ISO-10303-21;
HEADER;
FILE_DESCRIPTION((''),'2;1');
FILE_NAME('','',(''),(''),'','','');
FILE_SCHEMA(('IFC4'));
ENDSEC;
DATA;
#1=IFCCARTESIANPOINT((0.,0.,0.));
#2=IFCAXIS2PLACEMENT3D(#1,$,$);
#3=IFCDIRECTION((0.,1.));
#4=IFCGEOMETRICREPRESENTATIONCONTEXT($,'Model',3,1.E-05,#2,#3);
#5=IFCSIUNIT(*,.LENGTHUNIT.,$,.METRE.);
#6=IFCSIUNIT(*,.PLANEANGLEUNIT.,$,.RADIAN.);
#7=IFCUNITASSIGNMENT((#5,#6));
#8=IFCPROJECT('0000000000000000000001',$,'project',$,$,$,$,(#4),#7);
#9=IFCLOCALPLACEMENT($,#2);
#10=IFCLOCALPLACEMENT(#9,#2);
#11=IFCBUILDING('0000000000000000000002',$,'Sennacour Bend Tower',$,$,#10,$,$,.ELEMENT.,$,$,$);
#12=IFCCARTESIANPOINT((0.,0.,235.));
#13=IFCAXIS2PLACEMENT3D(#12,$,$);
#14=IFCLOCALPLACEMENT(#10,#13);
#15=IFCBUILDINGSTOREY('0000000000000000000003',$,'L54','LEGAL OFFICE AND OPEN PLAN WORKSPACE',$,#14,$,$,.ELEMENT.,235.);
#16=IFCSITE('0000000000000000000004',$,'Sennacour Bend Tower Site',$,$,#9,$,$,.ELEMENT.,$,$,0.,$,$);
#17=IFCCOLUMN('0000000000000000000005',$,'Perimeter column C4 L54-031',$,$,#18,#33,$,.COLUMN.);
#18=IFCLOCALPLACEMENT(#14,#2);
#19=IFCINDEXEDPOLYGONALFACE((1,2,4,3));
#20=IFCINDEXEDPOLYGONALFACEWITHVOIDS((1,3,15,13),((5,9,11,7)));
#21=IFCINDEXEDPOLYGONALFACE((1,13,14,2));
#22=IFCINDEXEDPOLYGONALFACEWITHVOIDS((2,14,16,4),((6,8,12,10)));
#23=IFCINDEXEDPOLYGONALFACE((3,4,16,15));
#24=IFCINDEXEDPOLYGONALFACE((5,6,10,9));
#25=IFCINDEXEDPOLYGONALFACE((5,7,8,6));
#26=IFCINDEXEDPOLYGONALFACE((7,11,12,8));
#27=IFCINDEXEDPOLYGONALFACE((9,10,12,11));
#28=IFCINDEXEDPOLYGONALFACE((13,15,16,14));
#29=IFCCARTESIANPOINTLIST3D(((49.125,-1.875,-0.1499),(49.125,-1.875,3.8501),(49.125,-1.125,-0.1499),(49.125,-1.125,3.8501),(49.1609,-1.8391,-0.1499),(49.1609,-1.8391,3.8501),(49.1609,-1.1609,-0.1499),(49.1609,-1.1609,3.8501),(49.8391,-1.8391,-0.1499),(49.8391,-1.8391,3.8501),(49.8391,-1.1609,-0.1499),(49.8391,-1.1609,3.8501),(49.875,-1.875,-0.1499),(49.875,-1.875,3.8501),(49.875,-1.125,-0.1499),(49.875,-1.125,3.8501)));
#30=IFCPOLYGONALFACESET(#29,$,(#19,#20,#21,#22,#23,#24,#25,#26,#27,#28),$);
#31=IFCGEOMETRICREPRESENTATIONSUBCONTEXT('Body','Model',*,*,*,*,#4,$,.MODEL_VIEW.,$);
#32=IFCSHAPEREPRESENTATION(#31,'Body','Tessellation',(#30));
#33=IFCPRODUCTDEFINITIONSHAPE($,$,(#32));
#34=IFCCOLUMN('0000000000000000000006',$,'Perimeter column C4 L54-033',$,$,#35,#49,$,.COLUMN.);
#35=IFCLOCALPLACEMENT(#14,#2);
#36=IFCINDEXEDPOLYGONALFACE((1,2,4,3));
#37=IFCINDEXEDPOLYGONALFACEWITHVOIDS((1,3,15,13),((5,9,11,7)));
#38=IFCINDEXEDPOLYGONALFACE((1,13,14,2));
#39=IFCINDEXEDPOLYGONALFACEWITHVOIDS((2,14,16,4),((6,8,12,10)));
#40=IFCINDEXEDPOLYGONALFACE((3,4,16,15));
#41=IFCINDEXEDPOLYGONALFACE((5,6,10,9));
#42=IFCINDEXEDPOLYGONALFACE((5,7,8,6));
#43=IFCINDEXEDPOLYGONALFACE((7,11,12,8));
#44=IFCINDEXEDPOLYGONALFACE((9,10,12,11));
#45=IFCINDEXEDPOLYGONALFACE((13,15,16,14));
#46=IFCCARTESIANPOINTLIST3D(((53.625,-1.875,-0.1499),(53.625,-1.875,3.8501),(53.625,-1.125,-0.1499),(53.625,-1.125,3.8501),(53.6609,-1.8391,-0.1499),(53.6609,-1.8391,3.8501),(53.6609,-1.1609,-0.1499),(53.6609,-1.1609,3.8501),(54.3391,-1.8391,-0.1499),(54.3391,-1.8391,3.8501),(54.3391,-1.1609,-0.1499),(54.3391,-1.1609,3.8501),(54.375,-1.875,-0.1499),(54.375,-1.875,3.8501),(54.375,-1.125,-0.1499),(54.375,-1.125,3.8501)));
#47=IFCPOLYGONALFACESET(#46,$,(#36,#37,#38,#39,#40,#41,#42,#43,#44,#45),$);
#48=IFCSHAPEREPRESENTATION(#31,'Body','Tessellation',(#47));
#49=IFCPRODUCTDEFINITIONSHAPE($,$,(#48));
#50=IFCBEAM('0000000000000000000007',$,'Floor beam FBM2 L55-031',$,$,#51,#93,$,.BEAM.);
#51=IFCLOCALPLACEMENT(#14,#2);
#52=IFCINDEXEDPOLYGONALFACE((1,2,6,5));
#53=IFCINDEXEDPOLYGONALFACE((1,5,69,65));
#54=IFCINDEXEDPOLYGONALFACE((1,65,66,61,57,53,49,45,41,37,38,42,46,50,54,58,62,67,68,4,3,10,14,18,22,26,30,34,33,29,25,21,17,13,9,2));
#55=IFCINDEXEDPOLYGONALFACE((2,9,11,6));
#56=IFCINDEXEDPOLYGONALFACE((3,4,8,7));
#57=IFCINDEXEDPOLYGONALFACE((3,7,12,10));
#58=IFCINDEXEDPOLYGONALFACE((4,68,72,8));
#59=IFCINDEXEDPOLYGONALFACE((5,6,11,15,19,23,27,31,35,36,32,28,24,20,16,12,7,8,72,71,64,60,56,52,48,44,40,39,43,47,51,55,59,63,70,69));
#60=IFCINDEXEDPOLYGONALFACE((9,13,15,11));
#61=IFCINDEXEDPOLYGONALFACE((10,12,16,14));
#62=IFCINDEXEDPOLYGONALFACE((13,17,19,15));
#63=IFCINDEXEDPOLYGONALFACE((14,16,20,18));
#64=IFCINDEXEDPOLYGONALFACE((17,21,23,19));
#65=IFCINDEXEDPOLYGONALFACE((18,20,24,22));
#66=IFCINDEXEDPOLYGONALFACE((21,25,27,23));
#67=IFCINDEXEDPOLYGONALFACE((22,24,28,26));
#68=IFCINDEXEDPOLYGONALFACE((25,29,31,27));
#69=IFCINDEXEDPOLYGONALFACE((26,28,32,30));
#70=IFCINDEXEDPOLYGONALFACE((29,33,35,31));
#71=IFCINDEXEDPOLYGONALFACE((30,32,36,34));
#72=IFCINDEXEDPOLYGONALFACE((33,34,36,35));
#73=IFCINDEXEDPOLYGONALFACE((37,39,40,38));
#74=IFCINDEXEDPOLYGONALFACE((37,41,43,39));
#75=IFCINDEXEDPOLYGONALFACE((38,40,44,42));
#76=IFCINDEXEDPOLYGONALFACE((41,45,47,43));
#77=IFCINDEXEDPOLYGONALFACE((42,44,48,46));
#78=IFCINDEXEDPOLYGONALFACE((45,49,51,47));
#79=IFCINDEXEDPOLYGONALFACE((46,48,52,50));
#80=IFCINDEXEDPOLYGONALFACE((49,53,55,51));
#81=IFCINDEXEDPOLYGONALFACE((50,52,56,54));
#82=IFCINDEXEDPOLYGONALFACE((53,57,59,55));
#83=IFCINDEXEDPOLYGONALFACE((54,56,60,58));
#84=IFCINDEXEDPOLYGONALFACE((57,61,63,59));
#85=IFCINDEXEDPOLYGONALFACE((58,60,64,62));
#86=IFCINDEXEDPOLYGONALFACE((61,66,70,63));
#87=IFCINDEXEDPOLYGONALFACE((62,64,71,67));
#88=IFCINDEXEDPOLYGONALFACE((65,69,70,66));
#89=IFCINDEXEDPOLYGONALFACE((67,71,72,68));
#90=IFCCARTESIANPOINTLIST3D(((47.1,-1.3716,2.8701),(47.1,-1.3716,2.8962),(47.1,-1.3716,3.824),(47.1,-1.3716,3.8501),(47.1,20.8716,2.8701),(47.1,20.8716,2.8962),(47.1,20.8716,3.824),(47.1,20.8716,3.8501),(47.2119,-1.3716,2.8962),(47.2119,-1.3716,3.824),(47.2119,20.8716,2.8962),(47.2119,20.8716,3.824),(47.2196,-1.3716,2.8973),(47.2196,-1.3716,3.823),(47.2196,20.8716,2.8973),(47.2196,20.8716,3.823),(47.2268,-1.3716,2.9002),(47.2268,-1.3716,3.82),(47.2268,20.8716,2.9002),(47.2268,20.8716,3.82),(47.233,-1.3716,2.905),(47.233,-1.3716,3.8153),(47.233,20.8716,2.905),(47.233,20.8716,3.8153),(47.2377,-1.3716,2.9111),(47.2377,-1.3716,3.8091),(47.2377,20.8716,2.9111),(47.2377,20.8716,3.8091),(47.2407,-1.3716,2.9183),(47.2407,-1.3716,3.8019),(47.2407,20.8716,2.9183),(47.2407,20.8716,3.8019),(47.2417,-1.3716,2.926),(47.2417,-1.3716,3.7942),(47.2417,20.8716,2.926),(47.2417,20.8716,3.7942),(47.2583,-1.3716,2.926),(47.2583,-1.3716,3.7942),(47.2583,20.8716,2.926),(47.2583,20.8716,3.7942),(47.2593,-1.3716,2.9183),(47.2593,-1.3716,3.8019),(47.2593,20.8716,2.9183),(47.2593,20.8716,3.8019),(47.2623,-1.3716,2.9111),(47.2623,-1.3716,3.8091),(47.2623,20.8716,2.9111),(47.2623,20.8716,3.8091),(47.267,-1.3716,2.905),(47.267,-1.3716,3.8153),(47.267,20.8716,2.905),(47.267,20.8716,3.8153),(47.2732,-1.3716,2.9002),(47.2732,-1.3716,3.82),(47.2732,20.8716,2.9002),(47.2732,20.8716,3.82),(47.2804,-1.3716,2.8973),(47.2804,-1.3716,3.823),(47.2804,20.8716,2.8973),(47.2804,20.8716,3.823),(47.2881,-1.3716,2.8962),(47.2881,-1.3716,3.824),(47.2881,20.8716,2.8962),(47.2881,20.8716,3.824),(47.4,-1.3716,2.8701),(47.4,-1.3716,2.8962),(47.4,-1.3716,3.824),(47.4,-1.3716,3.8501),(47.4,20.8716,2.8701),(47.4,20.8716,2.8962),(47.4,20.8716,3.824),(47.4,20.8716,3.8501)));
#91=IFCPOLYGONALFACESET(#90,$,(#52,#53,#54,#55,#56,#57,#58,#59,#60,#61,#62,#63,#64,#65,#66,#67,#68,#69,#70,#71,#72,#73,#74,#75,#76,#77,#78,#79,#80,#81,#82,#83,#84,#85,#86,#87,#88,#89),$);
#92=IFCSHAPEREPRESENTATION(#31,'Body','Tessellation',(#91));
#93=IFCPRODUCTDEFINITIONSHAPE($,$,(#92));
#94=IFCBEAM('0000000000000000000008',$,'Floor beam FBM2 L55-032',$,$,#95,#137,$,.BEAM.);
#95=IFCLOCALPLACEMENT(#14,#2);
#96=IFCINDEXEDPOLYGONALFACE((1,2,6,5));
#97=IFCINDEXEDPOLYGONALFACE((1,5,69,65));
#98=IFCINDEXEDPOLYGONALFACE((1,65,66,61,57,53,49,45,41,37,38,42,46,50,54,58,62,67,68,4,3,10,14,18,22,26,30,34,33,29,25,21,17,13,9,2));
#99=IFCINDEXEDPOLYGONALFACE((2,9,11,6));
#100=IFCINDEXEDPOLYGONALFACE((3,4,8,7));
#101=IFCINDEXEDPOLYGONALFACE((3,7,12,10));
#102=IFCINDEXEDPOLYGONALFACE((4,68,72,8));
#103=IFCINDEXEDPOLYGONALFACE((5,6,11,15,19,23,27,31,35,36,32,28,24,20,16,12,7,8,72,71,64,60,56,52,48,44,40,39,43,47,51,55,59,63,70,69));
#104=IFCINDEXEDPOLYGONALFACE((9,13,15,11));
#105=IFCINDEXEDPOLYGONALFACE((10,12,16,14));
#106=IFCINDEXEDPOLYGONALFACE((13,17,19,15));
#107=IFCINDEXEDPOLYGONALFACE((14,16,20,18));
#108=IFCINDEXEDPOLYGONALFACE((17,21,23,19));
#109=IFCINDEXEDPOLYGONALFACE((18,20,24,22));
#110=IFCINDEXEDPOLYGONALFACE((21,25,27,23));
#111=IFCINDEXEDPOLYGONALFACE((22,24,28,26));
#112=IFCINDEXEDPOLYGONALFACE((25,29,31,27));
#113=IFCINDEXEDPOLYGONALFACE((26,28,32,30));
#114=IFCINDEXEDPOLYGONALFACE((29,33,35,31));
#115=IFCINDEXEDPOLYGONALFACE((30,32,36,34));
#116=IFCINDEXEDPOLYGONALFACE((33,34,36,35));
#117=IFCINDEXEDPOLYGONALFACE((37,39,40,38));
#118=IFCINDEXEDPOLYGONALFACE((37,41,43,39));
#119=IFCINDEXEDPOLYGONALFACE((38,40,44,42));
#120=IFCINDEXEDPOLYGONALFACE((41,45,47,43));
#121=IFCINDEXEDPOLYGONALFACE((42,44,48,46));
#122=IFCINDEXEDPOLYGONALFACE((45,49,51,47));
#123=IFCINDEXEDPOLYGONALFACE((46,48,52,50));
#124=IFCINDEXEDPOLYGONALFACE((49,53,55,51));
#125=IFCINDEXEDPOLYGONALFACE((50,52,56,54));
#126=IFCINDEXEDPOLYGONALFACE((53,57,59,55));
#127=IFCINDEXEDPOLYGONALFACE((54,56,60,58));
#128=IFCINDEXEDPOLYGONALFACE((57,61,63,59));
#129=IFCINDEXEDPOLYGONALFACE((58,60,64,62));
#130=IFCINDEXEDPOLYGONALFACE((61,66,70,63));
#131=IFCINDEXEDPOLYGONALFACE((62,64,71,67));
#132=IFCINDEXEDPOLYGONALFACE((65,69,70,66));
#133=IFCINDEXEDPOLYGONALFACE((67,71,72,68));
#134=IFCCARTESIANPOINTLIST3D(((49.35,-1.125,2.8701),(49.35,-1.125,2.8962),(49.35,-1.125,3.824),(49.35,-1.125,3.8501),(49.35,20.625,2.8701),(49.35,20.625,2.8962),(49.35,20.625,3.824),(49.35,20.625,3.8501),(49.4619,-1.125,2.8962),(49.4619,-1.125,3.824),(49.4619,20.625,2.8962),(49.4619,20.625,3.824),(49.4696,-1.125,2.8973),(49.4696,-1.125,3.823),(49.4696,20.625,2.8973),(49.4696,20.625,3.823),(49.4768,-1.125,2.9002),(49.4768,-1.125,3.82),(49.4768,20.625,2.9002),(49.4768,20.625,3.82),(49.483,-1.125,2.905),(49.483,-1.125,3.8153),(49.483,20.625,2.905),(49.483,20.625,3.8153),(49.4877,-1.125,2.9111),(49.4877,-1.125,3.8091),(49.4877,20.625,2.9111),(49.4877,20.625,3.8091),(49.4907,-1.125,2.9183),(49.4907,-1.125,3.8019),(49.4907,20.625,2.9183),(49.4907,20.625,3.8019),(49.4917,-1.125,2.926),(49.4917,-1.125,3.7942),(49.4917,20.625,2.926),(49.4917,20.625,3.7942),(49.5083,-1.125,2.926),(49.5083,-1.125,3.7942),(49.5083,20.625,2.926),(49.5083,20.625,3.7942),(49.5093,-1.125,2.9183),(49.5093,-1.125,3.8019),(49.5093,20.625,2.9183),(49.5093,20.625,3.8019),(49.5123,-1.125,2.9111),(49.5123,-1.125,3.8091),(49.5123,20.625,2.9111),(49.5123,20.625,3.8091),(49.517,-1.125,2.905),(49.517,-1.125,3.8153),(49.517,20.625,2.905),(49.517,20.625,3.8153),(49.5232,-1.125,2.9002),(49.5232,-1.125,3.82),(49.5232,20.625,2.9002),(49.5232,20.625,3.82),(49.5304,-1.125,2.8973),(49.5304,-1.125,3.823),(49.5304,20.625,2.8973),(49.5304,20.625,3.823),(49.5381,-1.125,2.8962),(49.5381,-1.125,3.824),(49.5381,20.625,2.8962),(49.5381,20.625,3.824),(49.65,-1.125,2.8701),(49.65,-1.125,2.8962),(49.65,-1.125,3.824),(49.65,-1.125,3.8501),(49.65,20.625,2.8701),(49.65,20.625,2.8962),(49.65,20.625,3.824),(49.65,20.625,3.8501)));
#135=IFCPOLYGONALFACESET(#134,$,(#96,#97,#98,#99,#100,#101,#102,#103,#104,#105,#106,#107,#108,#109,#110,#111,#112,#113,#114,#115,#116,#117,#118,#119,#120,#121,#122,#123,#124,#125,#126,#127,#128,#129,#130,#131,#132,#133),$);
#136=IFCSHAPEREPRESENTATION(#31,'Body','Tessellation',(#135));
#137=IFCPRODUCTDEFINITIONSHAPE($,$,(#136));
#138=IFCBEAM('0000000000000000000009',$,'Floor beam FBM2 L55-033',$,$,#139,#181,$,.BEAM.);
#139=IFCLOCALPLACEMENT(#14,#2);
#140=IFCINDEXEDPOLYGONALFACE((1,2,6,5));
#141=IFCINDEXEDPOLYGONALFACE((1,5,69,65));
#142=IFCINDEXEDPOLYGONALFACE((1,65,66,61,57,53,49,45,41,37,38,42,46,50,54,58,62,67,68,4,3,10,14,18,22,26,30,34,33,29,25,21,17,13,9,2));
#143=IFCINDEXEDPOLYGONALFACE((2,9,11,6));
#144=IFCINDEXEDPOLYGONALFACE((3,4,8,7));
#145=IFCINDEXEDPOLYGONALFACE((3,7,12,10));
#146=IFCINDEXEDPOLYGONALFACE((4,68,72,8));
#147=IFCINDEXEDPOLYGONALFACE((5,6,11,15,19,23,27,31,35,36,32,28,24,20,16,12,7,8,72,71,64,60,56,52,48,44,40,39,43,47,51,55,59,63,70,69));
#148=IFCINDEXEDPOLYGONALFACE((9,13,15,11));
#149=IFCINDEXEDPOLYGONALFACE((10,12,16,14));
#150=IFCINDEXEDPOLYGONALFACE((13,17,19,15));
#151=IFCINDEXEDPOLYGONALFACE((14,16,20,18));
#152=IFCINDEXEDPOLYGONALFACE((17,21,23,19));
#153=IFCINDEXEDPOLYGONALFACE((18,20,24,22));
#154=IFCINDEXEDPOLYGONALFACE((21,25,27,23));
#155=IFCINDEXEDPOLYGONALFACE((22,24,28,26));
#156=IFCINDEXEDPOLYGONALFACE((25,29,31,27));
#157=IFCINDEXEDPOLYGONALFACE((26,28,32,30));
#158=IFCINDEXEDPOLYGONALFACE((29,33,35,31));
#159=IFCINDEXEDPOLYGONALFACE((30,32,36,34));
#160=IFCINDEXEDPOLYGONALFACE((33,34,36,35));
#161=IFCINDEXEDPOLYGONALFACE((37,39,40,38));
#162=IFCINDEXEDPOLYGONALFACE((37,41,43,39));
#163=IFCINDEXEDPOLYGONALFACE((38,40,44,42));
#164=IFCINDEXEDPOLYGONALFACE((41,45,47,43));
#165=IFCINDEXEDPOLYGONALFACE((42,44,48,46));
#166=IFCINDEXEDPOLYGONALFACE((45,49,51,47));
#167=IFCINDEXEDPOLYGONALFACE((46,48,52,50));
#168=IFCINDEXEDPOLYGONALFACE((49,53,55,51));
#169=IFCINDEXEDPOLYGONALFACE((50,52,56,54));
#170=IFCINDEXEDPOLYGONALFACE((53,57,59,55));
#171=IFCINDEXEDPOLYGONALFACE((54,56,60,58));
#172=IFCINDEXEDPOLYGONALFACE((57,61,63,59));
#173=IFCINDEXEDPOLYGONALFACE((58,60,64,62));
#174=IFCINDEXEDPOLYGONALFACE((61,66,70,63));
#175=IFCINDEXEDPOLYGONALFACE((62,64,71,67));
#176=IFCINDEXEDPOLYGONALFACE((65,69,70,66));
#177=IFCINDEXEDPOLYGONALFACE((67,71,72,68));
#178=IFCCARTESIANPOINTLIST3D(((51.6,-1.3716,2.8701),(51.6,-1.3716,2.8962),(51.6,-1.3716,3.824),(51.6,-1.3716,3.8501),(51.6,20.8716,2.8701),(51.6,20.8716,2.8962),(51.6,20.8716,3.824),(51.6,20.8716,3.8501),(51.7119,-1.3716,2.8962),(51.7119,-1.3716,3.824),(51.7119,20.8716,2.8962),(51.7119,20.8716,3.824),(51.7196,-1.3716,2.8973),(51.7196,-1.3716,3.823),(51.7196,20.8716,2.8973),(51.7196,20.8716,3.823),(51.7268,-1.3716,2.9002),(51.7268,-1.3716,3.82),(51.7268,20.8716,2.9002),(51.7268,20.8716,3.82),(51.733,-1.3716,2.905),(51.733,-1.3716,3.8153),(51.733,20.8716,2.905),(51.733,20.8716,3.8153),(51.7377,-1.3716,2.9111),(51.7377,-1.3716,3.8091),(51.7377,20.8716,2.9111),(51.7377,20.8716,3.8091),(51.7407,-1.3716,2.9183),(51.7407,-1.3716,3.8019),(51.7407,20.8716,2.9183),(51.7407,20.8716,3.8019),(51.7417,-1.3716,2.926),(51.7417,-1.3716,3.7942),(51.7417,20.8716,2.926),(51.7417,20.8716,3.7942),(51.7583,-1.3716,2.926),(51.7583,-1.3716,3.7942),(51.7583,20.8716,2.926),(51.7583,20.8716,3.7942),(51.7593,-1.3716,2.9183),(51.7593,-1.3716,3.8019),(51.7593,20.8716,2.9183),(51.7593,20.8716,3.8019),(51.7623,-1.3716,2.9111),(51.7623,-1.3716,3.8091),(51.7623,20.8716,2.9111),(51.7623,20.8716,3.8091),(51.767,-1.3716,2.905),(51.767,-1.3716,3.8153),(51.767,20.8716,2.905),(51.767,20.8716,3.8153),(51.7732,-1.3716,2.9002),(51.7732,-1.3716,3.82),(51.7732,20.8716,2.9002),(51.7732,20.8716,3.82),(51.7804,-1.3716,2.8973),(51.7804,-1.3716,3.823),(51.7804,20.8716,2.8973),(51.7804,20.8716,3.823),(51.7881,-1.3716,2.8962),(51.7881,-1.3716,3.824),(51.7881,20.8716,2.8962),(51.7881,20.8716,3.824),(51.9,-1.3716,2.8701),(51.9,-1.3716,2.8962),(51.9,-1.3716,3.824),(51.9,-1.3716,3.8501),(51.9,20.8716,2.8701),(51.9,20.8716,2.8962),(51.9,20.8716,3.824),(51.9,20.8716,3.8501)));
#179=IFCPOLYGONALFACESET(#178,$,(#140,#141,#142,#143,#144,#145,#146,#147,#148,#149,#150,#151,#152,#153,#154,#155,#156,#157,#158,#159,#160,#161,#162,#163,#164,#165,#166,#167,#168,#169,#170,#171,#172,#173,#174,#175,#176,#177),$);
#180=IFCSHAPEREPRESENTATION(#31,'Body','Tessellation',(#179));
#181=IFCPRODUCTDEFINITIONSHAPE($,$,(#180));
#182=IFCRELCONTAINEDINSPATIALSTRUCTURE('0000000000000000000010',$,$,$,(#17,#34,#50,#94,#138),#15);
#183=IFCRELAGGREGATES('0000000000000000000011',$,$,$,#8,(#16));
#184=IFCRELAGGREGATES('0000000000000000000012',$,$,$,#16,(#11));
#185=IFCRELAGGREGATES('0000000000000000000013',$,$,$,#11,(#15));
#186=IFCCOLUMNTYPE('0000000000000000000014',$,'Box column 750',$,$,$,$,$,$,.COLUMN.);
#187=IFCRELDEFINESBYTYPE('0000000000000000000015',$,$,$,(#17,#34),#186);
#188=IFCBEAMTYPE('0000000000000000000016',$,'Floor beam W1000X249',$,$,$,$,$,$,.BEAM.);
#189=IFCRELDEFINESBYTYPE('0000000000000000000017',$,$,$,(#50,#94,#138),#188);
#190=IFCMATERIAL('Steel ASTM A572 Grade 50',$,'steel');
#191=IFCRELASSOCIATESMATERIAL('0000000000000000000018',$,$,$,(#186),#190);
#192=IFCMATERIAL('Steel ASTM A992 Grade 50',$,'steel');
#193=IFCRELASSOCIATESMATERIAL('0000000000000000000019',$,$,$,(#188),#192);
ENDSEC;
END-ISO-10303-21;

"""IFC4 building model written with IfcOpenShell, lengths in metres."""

from ifc_helpers import new_model, si_unit, direction, frame, origin, origin_2d, place, context, subcontext, project, spatial, hollow_rectangle, i_section, extrude, material, material_profile, profile_set, type_object, element, save


model = new_model("IFC4")

# Units and contexts
model_context = context("Model", 3, precision=1e-05, world=origin(), true_north=direction((0.0, 1.0)))
body_context = subcontext(model_context, "Body", "Model", "MODEL_VIEW")
ifc_project = project(units=[si_unit("LENGTHUNIT", "METRE"), si_unit("PLANEANGLEUNIT", "RADIAN")], contexts=[model_context])

# Site, building, storey
site_placement = place(None, origin())
site = spatial("IfcSite", under=ifc_project, at=site_placement, Name="Sennacour Bend Tower Site", CompositionType="ELEMENT", RefElevation=0.0)
building_placement = place(site_placement, origin())
building = spatial("IfcBuilding", under=site, at=building_placement, Name="Sennacour Bend Tower", CompositionType="ELEMENT")
storey_placement = place(building_placement, frame((0.0, 0.0, 235.0)))
storey = spatial("IfcBuildingStorey", under=building, at=storey_placement, Name="L54", Description="LEGAL OFFICE AND OPEN PLAN WORKSPACE", CompositionType="ELEMENT", Elevation=235.0)

# Columns
ifc_material_1 = material(Name="Steel ASTM A572 Grade 50", Category="steel")
ifc_material_profile_1 = material_profile(ifc_material_1, hollow_rectangle(XDim=0.75, YDim=0.75, WallThickness=0.0359, at=origin_2d()), Name="Steel ASTM A572 Grade 50", Category="steel")
ifc_profile_set_1 = profile_set([ifc_material_profile_1], Name="Steel ASTM A572 Grade 50")
column_type = type_object("IfcColumnType", Name="Box column 750", PredefinedType="COLUMN", material=ifc_profile_set_1)
for number, where, z_axis, x_axis, name in (
    (1, (49.5, -1.5, -0.1499), (0.0, 0.0, 1.0), (1.0, 0.0, 0.0), "Perimeter column C4 L54-031"),
    (2, (54.0, -1.5, -0.1499), (0.0, 0.0, 1.0), (1.0, 0.0, 0.0), "Perimeter column C4 L54-033"),
):
    element("IfcColumn", number, at=place(storey_placement, frame(where, z_axis=z_axis, x_axis=x_axis)), inside=storey, type_object=column_type, Name=name, PredefinedType="COLUMN", context=body_context, shape_type="SweptSolid", body=[
        extrude(hollow_rectangle(XDim=0.75, YDim=0.75, WallThickness=0.0359, at=origin_2d()), origin(), (0.0, 0.0, 1.0), 4.0),
    ])

# Beams
ifc_material_2 = material(Name="Steel ASTM A992 Grade 50", Category="steel")
ifc_material_profile_2 = material_profile(ifc_material_2, i_section(OverallWidth=0.3, OverallDepth=0.98, WebThickness=0.0166, FlangeThickness=0.0261, FilletRadius=0.0298, at=origin_2d()), Name="Steel ASTM A992 Grade 50", Category="steel")
ifc_profile_set_2 = profile_set([ifc_material_profile_2], Name="Steel ASTM A992 Grade 50")
beam_type_1 = type_object("IfcBeamType", Name="Floor beam W1000X249", PredefinedType="BEAM", material=ifc_profile_set_2)
beam_1_placement = place(storey_placement, frame((47.25, -1.3716, 3.3601), z_axis=(0.0, 1.0, 0.0), x_axis=(-1.0, 0.0, 0.0)))
element("IfcBeam", 3, at=beam_1_placement, inside=storey, type_object=beam_type_1, Name="Floor beam FBM2 L55-031", PredefinedType="BEAM", context=body_context, shape_type="SweptSolid", body=[
    extrude(i_section(OverallWidth=0.3, OverallDepth=0.98, WebThickness=0.0166, FlangeThickness=0.0261, FilletRadius=0.0298, at=origin_2d()), origin(), (0.0, 0.0, 1.0), 22.2432),
])
beam_2_placement = place(storey_placement, frame((49.5, -1.125, 3.3601), z_axis=(0.0, 1.0, 0.0), x_axis=(-1.0, 0.0, 0.0)))
element("IfcBeam", 4, at=beam_2_placement, inside=storey, type_object=beam_type_1, Name="Floor beam FBM2 L55-032", PredefinedType="BEAM", context=body_context, shape_type="SweptSolid", body=[
    extrude(i_section(OverallWidth=0.3, OverallDepth=0.98, WebThickness=0.0166, FlangeThickness=0.0261, FilletRadius=0.0298, at=origin_2d()), origin(), (0.0, 0.0, 1.0), 21.75),
])
beam_3_placement = place(storey_placement, frame((51.75, -1.3716, 3.3601), z_axis=(0.0, 1.0, 0.0), x_axis=(-1.0, 0.0, 0.0)))
element("IfcBeam", 5, at=beam_3_placement, inside=storey, type_object=beam_type_1, Name="Floor beam FBM2 L55-033", PredefinedType="BEAM", context=body_context, shape_type="SweptSolid", body=[
    extrude(i_section(OverallWidth=0.3, OverallDepth=0.98, WebThickness=0.0166, FlangeThickness=0.0261, FilletRadius=0.0298, at=origin_2d()), origin(), (0.0, 0.0, 1.0), 22.2432),
])

save(model, "model.ifc")
